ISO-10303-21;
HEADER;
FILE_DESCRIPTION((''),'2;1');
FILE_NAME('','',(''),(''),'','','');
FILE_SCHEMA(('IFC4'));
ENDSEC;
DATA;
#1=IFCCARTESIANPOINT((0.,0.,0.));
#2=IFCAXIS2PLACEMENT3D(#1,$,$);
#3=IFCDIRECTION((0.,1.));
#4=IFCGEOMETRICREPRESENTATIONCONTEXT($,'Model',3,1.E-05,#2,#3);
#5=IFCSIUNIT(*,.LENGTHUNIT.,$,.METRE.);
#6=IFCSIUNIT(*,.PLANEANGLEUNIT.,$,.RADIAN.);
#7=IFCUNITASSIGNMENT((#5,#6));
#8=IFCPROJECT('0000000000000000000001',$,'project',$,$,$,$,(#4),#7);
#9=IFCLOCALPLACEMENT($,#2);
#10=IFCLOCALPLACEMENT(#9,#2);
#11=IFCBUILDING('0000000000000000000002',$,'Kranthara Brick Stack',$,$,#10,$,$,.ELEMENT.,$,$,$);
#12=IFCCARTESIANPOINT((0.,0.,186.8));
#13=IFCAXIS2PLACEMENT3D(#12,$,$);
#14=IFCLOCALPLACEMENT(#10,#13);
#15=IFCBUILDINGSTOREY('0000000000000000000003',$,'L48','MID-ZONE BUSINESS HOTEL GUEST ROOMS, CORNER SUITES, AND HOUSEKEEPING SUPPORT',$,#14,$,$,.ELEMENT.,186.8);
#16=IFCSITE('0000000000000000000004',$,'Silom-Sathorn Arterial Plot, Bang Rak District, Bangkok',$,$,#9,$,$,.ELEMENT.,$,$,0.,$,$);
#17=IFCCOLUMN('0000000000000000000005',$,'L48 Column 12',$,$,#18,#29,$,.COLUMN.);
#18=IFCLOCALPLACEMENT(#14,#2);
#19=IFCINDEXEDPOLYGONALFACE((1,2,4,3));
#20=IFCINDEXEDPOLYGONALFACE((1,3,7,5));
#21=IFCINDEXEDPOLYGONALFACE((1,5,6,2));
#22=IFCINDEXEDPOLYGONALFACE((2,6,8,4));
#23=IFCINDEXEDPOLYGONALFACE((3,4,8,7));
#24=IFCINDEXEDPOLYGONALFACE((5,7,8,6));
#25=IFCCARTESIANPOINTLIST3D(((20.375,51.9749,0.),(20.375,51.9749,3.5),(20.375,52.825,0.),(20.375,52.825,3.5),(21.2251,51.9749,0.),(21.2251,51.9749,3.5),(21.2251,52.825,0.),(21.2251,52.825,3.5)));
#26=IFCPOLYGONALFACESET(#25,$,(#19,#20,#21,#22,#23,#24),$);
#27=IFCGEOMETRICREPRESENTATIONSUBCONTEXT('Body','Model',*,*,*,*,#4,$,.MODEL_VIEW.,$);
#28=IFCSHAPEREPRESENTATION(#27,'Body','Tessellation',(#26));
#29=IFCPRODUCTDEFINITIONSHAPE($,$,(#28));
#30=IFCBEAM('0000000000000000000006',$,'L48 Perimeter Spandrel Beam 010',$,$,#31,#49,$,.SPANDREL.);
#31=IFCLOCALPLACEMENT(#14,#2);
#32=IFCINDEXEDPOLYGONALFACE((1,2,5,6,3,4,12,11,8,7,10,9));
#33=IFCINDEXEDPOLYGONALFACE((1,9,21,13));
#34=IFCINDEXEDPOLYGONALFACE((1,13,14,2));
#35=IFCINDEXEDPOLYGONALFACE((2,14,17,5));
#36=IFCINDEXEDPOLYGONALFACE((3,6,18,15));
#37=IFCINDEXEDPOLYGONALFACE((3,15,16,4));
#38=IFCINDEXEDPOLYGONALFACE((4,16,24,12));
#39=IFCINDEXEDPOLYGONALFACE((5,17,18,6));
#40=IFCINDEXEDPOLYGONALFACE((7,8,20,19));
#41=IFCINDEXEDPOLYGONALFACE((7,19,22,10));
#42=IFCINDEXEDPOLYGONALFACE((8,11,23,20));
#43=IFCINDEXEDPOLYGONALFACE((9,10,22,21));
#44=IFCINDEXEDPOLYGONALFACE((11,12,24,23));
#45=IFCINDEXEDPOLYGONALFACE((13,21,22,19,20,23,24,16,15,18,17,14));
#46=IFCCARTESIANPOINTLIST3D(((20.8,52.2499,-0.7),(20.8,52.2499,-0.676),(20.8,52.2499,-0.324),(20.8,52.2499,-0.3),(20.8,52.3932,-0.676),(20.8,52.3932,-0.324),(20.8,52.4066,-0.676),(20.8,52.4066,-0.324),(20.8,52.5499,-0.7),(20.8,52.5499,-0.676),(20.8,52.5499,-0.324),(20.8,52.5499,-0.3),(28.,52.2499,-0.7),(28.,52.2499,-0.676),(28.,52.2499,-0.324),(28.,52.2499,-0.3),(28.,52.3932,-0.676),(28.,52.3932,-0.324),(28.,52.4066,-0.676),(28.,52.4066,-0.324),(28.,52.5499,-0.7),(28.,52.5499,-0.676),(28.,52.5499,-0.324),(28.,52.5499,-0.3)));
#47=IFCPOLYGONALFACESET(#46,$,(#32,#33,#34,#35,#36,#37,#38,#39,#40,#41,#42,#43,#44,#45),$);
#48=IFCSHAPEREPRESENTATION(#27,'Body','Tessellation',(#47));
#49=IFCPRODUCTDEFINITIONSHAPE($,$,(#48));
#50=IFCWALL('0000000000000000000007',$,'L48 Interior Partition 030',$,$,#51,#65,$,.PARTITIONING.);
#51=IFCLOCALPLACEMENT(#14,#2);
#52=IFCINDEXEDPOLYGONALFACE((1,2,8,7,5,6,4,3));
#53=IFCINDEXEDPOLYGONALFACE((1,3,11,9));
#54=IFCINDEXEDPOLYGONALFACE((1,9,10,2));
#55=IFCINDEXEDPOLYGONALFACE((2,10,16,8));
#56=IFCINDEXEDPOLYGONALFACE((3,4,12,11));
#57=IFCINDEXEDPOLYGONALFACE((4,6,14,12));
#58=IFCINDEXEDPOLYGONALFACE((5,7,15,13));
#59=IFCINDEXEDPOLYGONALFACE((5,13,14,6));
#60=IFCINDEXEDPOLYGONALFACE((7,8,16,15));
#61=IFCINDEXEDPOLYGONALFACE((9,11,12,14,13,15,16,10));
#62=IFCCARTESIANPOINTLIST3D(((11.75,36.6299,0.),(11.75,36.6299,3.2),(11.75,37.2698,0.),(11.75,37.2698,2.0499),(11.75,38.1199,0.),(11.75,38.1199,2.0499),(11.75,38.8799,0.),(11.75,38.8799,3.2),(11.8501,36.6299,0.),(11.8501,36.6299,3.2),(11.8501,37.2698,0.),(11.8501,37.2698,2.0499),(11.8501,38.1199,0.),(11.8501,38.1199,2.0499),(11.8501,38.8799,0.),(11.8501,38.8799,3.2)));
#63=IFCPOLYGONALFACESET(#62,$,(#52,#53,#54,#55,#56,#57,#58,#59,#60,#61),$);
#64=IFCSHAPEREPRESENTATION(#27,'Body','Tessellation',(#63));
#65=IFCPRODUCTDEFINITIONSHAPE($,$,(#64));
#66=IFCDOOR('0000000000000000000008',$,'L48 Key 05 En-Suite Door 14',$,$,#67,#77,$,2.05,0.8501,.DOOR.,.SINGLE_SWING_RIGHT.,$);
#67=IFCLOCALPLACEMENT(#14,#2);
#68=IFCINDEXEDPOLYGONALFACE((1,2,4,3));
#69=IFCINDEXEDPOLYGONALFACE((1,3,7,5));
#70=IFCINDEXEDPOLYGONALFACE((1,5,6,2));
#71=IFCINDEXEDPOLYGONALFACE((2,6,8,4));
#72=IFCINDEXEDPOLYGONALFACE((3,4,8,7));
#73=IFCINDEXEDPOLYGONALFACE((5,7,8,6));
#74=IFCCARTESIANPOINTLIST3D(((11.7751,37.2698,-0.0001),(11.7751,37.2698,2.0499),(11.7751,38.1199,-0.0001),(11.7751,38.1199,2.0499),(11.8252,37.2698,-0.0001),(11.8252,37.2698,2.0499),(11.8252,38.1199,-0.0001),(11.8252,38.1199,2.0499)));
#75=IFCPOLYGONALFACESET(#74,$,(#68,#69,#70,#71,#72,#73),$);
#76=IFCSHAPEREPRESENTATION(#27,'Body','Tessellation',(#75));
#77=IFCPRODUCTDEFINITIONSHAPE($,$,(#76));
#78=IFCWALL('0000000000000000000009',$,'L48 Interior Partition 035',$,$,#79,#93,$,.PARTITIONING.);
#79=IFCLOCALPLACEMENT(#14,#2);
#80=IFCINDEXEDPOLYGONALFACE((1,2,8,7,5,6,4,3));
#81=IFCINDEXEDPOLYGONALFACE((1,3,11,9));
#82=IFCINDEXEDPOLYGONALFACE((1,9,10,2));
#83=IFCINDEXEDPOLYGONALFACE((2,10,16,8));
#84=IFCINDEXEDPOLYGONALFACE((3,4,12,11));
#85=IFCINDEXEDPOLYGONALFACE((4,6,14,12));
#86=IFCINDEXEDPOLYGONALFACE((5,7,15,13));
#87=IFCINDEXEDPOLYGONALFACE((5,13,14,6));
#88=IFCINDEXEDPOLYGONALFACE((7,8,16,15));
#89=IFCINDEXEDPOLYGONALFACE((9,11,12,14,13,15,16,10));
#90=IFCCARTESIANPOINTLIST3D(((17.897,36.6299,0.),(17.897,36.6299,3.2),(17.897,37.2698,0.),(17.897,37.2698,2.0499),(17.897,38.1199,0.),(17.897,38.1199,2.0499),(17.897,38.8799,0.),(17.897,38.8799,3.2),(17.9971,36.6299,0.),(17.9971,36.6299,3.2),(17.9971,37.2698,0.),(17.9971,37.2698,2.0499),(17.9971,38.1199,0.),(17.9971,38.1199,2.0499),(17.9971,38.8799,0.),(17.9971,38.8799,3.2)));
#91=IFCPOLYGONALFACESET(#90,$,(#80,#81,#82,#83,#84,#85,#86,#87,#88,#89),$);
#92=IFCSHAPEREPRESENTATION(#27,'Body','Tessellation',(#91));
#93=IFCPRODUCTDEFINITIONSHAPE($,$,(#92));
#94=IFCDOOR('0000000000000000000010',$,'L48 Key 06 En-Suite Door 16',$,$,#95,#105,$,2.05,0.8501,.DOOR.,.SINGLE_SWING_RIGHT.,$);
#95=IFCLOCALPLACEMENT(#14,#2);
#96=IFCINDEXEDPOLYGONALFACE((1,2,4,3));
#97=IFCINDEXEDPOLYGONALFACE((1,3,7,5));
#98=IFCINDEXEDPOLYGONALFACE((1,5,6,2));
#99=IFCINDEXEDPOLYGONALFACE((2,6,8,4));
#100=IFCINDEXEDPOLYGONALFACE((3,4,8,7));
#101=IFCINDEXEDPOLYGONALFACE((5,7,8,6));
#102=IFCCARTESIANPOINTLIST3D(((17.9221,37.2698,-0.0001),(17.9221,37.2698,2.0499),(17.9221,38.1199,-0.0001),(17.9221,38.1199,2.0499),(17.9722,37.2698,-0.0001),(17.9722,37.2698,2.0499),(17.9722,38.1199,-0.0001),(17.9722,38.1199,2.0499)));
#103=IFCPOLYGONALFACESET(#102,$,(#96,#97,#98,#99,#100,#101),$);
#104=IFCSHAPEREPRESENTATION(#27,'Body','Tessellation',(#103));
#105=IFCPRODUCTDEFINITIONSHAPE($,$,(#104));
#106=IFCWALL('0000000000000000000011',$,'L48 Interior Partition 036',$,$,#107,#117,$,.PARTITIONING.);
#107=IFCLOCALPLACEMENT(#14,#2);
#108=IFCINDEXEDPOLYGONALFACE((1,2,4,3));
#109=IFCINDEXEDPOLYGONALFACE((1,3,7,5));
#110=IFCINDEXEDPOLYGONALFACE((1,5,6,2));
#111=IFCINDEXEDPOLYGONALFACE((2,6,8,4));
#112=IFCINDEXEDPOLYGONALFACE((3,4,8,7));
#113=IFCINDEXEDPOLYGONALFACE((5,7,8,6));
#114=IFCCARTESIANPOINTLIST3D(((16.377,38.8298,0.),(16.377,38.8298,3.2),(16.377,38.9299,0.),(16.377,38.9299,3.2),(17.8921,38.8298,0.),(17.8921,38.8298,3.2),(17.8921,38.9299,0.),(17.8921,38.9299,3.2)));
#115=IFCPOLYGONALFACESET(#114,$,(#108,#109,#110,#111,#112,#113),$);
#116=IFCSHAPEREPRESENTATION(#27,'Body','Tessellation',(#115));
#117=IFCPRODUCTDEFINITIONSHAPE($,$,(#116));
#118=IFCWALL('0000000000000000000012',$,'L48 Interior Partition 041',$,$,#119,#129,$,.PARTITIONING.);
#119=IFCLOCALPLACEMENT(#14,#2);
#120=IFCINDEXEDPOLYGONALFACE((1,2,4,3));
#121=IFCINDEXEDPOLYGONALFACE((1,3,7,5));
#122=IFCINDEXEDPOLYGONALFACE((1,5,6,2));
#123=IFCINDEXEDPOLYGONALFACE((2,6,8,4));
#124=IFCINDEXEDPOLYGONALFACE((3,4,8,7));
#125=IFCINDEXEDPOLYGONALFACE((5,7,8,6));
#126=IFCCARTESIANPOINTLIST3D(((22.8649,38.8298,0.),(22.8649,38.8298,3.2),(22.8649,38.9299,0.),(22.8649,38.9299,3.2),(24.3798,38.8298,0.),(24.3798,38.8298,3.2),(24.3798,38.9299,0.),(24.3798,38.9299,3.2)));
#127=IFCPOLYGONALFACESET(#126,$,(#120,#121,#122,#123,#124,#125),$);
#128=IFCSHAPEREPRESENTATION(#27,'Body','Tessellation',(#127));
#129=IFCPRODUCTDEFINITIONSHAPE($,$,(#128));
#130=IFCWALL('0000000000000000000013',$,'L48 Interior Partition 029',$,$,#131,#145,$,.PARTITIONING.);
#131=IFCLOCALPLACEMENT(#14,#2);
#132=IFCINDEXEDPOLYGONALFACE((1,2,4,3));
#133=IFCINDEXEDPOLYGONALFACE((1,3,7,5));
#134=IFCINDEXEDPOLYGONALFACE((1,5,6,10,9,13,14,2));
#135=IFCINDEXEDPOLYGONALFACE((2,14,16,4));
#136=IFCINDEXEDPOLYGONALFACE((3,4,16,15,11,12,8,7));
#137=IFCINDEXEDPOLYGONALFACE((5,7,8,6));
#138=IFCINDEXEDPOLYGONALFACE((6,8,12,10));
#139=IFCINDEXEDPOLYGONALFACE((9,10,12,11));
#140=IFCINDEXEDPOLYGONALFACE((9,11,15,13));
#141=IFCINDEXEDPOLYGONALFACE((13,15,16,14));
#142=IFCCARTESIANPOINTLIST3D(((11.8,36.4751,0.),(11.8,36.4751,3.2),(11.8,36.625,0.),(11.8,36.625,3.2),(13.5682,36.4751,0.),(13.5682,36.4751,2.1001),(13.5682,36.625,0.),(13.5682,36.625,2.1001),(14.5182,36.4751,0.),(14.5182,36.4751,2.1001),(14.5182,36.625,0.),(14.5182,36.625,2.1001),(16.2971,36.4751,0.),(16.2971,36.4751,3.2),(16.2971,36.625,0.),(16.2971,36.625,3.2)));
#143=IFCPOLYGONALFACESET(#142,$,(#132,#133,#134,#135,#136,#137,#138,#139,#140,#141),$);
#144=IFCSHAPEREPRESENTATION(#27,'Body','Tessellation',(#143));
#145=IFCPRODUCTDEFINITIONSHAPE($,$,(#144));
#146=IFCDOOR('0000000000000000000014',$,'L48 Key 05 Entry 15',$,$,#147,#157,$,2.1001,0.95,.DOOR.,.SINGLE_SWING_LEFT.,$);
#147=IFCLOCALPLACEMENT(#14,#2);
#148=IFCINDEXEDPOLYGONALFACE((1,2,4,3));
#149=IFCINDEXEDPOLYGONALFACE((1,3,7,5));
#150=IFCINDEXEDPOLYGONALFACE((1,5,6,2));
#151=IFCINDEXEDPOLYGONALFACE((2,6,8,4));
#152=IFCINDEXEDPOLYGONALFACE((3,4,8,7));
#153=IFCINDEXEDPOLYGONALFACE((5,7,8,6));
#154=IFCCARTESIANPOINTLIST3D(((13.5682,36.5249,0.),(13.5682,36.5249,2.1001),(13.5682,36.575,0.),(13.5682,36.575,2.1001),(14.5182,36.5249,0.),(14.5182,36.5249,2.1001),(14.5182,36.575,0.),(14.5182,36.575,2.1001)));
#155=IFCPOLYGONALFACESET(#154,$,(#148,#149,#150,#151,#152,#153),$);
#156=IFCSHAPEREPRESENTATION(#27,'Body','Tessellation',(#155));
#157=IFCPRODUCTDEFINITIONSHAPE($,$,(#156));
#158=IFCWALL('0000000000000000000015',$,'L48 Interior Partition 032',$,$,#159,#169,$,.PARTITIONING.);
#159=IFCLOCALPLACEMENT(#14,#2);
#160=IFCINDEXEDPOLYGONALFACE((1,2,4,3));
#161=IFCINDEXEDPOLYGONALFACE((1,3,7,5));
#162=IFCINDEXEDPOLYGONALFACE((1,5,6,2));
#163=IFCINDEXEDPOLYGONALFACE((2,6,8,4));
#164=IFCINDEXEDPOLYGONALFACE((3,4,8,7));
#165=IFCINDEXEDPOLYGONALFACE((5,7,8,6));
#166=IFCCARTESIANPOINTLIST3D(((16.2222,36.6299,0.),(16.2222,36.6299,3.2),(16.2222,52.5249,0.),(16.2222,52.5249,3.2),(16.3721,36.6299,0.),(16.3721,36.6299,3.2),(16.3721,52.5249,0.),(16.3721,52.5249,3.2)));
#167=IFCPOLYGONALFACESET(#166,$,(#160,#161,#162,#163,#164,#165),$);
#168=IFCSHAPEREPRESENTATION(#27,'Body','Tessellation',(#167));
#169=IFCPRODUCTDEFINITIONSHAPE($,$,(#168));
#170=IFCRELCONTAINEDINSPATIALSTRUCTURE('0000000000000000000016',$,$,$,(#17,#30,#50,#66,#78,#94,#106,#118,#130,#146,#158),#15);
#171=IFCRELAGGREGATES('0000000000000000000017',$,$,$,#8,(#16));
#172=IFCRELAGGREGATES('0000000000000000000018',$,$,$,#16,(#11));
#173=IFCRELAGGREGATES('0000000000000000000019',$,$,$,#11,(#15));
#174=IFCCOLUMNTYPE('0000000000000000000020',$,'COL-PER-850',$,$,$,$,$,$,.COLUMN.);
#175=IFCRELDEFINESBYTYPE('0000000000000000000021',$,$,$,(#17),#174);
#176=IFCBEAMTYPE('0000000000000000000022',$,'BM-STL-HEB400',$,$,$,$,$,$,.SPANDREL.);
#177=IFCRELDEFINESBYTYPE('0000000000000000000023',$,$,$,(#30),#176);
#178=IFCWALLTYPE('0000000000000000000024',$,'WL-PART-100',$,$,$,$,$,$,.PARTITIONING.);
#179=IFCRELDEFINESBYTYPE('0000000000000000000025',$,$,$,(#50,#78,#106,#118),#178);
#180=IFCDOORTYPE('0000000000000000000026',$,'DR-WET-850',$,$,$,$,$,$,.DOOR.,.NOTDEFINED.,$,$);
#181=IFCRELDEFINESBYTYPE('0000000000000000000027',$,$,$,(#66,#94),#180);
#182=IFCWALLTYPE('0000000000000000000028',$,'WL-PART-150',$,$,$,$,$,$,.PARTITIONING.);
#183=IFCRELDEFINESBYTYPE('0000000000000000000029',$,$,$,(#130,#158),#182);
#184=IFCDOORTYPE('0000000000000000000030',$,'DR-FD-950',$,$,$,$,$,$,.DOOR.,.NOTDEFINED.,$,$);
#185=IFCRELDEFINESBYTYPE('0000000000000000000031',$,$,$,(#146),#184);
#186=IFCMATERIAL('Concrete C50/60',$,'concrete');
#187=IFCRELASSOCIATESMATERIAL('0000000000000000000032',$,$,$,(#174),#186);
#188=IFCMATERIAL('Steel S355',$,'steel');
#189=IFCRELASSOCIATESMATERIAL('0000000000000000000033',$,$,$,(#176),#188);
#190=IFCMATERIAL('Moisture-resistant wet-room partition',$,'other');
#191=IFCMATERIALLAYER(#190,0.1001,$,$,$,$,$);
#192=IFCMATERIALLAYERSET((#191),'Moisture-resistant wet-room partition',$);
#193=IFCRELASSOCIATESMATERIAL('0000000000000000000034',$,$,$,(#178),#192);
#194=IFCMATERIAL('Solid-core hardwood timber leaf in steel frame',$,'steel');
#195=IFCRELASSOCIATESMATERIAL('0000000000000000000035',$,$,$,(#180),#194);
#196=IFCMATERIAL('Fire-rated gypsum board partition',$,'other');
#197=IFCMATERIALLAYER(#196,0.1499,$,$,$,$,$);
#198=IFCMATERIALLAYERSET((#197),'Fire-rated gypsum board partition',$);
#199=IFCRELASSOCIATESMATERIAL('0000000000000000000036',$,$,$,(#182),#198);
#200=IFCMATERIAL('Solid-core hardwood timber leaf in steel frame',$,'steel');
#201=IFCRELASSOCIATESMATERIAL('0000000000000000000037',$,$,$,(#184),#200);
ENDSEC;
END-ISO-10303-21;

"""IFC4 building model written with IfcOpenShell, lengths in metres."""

from ifc_helpers import new_model, si_unit, direction, frame, frame_2d, origin, origin_2d, place, context, subcontext, project, spatial, rectangle, i_section, extrude, material, layer, layer_set, material_profile, profile_set, type_object, element, fill, save


model = new_model("IFC4")

# Units and contexts
model_context = context("Model", 3, precision=1e-05, world=origin(), true_north=direction((0.0, 1.0)))
body_context = subcontext(model_context, "Body", "Model", "MODEL_VIEW")
ifc_project = project(units=[si_unit("LENGTHUNIT", "METRE"), si_unit("PLANEANGLEUNIT", "RADIAN")], contexts=[model_context])

# Site, building, storey
site_placement = place(None, origin())
site = spatial("IfcSite", under=ifc_project, at=site_placement, Name="Silom-Sathorn Arterial Plot, Bang Rak District, Bangkok", CompositionType="ELEMENT", RefElevation=0.0)
building_placement = place(site_placement, origin())
building = spatial("IfcBuilding", under=site, at=building_placement, Name="Kranthara Brick Stack", CompositionType="ELEMENT")
storey_placement = place(building_placement, frame((0.0, 0.0, 186.8)))
storey = spatial("IfcBuildingStorey", under=building, at=storey_placement, Name="L48", Description="MID-ZONE BUSINESS HOTEL GUEST ROOMS, CORNER SUITES, AND HOUSEKEEPING SUPPORT", CompositionType="ELEMENT", Elevation=186.8)

# Column
ifc_material_1 = material(Name="Concrete C50/60", Category="concrete")
ifc_material_profile_1 = material_profile(ifc_material_1, rectangle(XDim=0.8501, YDim=0.8501, at=origin_2d()), Name="RC 850x850")
ifc_profile_set_1 = profile_set([ifc_material_profile_1], Name="Concrete C50/60")
column_type = type_object("IfcColumnType", Name="COL-PER-850", PredefinedType="COLUMN", material=ifc_profile_set_1)
column_placement = place(storey_placement, frame((20.8, 52.3999, 0.0), z_axis=(0.0, 0.0, 1.0), x_axis=(1.0, 0.0, 0.0)))
element("IfcColumn", 1, at=column_placement, inside=storey, type_object=column_type, Name="L48 Column 12", PredefinedType="COLUMN", context=body_context, shape_type="SweptSolid", body=[
    extrude(rectangle(XDim=0.8501, YDim=0.8501, at=origin_2d()), origin(), (0.0, 0.0, 1.0), 3.5),
])

# Beam
ifc_material_2 = material(Name="Steel S355", Category="steel")
ifc_material_profile_2 = material_profile(ifc_material_2, i_section(OverallWidth=0.3, OverallDepth=0.3999, WebThickness=0.0134, FlangeThickness=0.0239, at=origin_2d()), Name="HEB 400")
ifc_profile_set_2 = profile_set([ifc_material_profile_2], Name="Steel S355")
beam_type = type_object("IfcBeamType", Name="BM-STL-HEB400", PredefinedType="SPANDREL", material=ifc_profile_set_2)
beam_placement = place(storey_placement, frame((20.8, 52.3999, -0.5), z_axis=(1.0, 0.0, 0.0), x_axis=(0.0, 1.0, 0.0)))
element("IfcBeam", 2, at=beam_placement, inside=storey, type_object=beam_type, Name="L48 Perimeter Spandrel Beam 010", PredefinedType="SPANDREL", context=body_context, shape_type="SweptSolid", body=[
    extrude(i_section(OverallWidth=0.3, OverallDepth=0.3999, WebThickness=0.0134, FlangeThickness=0.0239, at=origin_2d()), origin(), (0.0, 0.0, 1.0), 7.2),
])

# Walls, openings, doors
ifc_material_3 = material(Name="Moisture-resistant wet-room partition", Category="other")
ifc_layer_1 = layer(ifc_material_3, 0.1001)
ifc_layer_set_1 = layer_set([ifc_layer_1], Name="Moisture-resistant wet-room partition")
wall_type_1 = type_object("IfcWallType", Name="WL-PART-100", PredefinedType="PARTITIONING", material=ifc_layer_set_1)
wall_1_placement = place(storey_placement, frame((11.8, 36.6299, 0.0), z_axis=(0.0, 0.0, 1.0), x_axis=(0.0, 1.0, 0.0)))
wall_1 = element("IfcWall", 3, at=wall_1_placement, inside=storey, type_object=wall_type_1, Name="L48 Interior Partition 030", PredefinedType="PARTITIONING", context=body_context, shape_type="SweptSolid", body=[
    extrude(rectangle(XDim=2.25, YDim=0.1001, at=frame_2d((1.125, 0.0))), origin(), (0.0, 0.0, 1.0), 3.2),
])
opening_1_placement = place(wall_1_placement, frame((0.6399, 0.0, 0.0)))
opening_1 = element("IfcOpeningElement", 4, at=opening_1_placement, cuts=wall_1, PredefinedType="OPENING", context=body_context, shape_type="SweptSolid", body=[
    extrude(rectangle(XDim=0.8501, YDim=2.05, at=frame_2d((0.425, 1.0249))), frame((0.0, 0.0601, 0.0), z_axis=(0.0, -1.0, 0.0), x_axis=(1.0, 0.0, 0.0)), (0.0, 0.0, 1.0), 0.1201),
])
ifc_material_4 = material(Name="Solid-core hardwood timber leaf in steel frame", Category="steel")
door_type_1 = type_object("IfcDoorType", Name="DR-WET-850", OperationType="NOTDEFINED", PredefinedType="DOOR", material=ifc_material_4)
door_1_placement = place(opening_1_placement, origin())
door_1 = element("IfcDoor", 5, at=door_1_placement, inside=storey, type_object=door_type_1, Name="L48 Key 05 En-Suite Door 14", OperationType="SINGLE_SWING_RIGHT", OverallHeight=2.05, OverallWidth=0.8501, PredefinedType="DOOR", context=body_context, shape_type="SweptSolid", body=[
    extrude(rectangle(XDim=0.8501, YDim=2.05, at=frame_2d((0.425, 1.0249))), frame((0.0, 0.0249, 0.0), z_axis=(0.0, -1.0, 0.0), x_axis=(1.0, 0.0, 0.0)), (0.0, 0.0, 1.0), 0.05),
])
fill(opening_1, door_1)
wall_2_placement = place(storey_placement, frame((17.947, 36.6299, 0.0), z_axis=(0.0, 0.0, 1.0), x_axis=(0.0, 1.0, 0.0)))
wall_2 = element("IfcWall", 6, at=wall_2_placement, inside=storey, type_object=wall_type_1, Name="L48 Interior Partition 035", PredefinedType="PARTITIONING", context=body_context, shape_type="SweptSolid", body=[
    extrude(rectangle(XDim=2.25, YDim=0.1001, at=frame_2d((1.125, 0.0))), origin(), (0.0, 0.0, 1.0), 3.2),
])
opening_2_placement = place(wall_2_placement, frame((0.6399, 0.0, 0.0)))
opening_2 = element("IfcOpeningElement", 7, at=opening_2_placement, cuts=wall_2, PredefinedType="OPENING", context=body_context, shape_type="SweptSolid", body=[
    extrude(rectangle(XDim=0.8501, YDim=2.05, at=frame_2d((0.425, 1.0249))), frame((0.0, 0.0601, 0.0), z_axis=(0.0, -1.0, 0.0), x_axis=(1.0, 0.0, 0.0)), (0.0, 0.0, 1.0), 0.1201),
])
door_2_placement = place(opening_2_placement, origin())
door_2 = element("IfcDoor", 8, at=door_2_placement, inside=storey, type_object=door_type_1, Name="L48 Key 06 En-Suite Door 16", OperationType="SINGLE_SWING_RIGHT", OverallHeight=2.05, OverallWidth=0.8501, PredefinedType="DOOR", context=body_context, shape_type="SweptSolid", body=[
    extrude(rectangle(XDim=0.8501, YDim=2.05, at=frame_2d((0.425, 1.0249))), frame((0.0, 0.0249, 0.0), z_axis=(0.0, -1.0, 0.0), x_axis=(1.0, 0.0, 0.0)), (0.0, 0.0, 1.0), 0.05),
])
fill(opening_2, door_2)

# Walls
wall_3_placement = place(storey_placement, frame((16.377, 38.8799, 0.0), z_axis=(0.0, 0.0, 1.0), x_axis=(1.0, 0.0, 0.0)))
element("IfcWall", 9, at=wall_3_placement, inside=storey, type_object=wall_type_1, Name="L48 Interior Partition 036", PredefinedType="PARTITIONING", context=body_context, shape_type="SweptSolid", body=[
    extrude(rectangle(XDim=1.5151, YDim=0.1001, at=frame_2d((0.7576, 0.0))), origin(), (0.0, 0.0, 1.0), 3.2),
])
wall_4_placement = place(storey_placement, frame((22.865, 38.8799, 0.0), z_axis=(0.0, 0.0, 1.0), x_axis=(1.0, 0.0, 0.0)))
element("IfcWall", 10, at=wall_4_placement, inside=storey, type_object=wall_type_1, Name="L48 Interior Partition 041", PredefinedType="PARTITIONING", context=body_context, shape_type="SweptSolid", body=[
    extrude(rectangle(XDim=1.5149, YDim=0.1001, at=frame_2d((0.7573, 0.0))), origin(), (0.0, 0.0, 1.0), 3.2),
])

# Wall, opening, door
ifc_material_5 = material(Name="Fire-rated gypsum board partition", Category="other")
ifc_layer_2 = layer(ifc_material_5, 0.1499)
ifc_layer_set_2 = layer_set([ifc_layer_2], Name="Fire-rated gypsum board partition")
wall_type_2 = type_object("IfcWallType", Name="WL-PART-150", PredefinedType="PARTITIONING", material=ifc_layer_set_2)
wall_5_placement = place(storey_placement, frame((11.8, 36.55, 0.0), z_axis=(0.0, 0.0, 1.0), x_axis=(1.0, 0.0, 0.0)))
wall_5 = element("IfcWall", 11, at=wall_5_placement, inside=storey, type_object=wall_type_2, Name="L48 Interior Partition 029", PredefinedType="PARTITIONING", context=body_context, shape_type="SweptSolid", body=[
    extrude(rectangle(XDim=4.4971, YDim=0.1499, at=frame_2d((2.2485, 0.0))), origin(), (0.0, 0.0, 1.0), 3.2),
])
opening_3_placement = place(wall_5_placement, frame((1.7681, 0.0, 0.0)))
opening_3 = element("IfcOpeningElement", 12, at=opening_3_placement, cuts=wall_5, PredefinedType="OPENING", context=body_context, shape_type="SweptSolid", body=[
    extrude(rectangle(XDim=0.95, YDim=2.1001, at=frame_2d((0.4751, 1.05))), frame((0.0, 0.085, 0.0), z_axis=(0.0, -1.0, 0.0), x_axis=(1.0, 0.0, 0.0)), (0.0, 0.0, 1.0), 0.1699),
])
ifc_material_6 = material(Name="Solid-core hardwood timber leaf in steel frame", Category="steel")
door_type_2 = type_object("IfcDoorType", Name="DR-FD-950", OperationType="NOTDEFINED", PredefinedType="DOOR", material=ifc_material_6)
door_3_placement = place(opening_3_placement, origin())
door_3 = element("IfcDoor", 13, at=door_3_placement, inside=storey, type_object=door_type_2, Name="L48 Key 05 Entry 15", OperationType="SINGLE_SWING_LEFT", OverallHeight=2.1001, OverallWidth=0.95, PredefinedType="DOOR", context=body_context, shape_type="SweptSolid", body=[
    extrude(rectangle(XDim=0.95, YDim=2.1001, at=frame_2d((0.4751, 1.05))), frame((0.0, 0.0249, 0.0), z_axis=(0.0, -1.0, 0.0), x_axis=(1.0, 0.0, 0.0)), (0.0, 0.0, 1.0), 0.05),
])
fill(opening_3, door_3)

# Wall
wall_6_placement = place(storey_placement, frame((16.2971, 36.6299, 0.0), z_axis=(0.0, 0.0, 1.0), x_axis=(0.0, 1.0, 0.0)))
element("IfcWall", 14, at=wall_6_placement, inside=storey, type_object=wall_type_2, Name="L48 Interior Partition 032", PredefinedType="PARTITIONING", context=body_context, shape_type="SweptSolid", body=[
    extrude(rectangle(XDim=15.895, YDim=0.1499, at=frame_2d((7.9475, 0.0))), origin(), (0.0, 0.0, 1.0), 3.2),
])

save(model, "model.ifc")
